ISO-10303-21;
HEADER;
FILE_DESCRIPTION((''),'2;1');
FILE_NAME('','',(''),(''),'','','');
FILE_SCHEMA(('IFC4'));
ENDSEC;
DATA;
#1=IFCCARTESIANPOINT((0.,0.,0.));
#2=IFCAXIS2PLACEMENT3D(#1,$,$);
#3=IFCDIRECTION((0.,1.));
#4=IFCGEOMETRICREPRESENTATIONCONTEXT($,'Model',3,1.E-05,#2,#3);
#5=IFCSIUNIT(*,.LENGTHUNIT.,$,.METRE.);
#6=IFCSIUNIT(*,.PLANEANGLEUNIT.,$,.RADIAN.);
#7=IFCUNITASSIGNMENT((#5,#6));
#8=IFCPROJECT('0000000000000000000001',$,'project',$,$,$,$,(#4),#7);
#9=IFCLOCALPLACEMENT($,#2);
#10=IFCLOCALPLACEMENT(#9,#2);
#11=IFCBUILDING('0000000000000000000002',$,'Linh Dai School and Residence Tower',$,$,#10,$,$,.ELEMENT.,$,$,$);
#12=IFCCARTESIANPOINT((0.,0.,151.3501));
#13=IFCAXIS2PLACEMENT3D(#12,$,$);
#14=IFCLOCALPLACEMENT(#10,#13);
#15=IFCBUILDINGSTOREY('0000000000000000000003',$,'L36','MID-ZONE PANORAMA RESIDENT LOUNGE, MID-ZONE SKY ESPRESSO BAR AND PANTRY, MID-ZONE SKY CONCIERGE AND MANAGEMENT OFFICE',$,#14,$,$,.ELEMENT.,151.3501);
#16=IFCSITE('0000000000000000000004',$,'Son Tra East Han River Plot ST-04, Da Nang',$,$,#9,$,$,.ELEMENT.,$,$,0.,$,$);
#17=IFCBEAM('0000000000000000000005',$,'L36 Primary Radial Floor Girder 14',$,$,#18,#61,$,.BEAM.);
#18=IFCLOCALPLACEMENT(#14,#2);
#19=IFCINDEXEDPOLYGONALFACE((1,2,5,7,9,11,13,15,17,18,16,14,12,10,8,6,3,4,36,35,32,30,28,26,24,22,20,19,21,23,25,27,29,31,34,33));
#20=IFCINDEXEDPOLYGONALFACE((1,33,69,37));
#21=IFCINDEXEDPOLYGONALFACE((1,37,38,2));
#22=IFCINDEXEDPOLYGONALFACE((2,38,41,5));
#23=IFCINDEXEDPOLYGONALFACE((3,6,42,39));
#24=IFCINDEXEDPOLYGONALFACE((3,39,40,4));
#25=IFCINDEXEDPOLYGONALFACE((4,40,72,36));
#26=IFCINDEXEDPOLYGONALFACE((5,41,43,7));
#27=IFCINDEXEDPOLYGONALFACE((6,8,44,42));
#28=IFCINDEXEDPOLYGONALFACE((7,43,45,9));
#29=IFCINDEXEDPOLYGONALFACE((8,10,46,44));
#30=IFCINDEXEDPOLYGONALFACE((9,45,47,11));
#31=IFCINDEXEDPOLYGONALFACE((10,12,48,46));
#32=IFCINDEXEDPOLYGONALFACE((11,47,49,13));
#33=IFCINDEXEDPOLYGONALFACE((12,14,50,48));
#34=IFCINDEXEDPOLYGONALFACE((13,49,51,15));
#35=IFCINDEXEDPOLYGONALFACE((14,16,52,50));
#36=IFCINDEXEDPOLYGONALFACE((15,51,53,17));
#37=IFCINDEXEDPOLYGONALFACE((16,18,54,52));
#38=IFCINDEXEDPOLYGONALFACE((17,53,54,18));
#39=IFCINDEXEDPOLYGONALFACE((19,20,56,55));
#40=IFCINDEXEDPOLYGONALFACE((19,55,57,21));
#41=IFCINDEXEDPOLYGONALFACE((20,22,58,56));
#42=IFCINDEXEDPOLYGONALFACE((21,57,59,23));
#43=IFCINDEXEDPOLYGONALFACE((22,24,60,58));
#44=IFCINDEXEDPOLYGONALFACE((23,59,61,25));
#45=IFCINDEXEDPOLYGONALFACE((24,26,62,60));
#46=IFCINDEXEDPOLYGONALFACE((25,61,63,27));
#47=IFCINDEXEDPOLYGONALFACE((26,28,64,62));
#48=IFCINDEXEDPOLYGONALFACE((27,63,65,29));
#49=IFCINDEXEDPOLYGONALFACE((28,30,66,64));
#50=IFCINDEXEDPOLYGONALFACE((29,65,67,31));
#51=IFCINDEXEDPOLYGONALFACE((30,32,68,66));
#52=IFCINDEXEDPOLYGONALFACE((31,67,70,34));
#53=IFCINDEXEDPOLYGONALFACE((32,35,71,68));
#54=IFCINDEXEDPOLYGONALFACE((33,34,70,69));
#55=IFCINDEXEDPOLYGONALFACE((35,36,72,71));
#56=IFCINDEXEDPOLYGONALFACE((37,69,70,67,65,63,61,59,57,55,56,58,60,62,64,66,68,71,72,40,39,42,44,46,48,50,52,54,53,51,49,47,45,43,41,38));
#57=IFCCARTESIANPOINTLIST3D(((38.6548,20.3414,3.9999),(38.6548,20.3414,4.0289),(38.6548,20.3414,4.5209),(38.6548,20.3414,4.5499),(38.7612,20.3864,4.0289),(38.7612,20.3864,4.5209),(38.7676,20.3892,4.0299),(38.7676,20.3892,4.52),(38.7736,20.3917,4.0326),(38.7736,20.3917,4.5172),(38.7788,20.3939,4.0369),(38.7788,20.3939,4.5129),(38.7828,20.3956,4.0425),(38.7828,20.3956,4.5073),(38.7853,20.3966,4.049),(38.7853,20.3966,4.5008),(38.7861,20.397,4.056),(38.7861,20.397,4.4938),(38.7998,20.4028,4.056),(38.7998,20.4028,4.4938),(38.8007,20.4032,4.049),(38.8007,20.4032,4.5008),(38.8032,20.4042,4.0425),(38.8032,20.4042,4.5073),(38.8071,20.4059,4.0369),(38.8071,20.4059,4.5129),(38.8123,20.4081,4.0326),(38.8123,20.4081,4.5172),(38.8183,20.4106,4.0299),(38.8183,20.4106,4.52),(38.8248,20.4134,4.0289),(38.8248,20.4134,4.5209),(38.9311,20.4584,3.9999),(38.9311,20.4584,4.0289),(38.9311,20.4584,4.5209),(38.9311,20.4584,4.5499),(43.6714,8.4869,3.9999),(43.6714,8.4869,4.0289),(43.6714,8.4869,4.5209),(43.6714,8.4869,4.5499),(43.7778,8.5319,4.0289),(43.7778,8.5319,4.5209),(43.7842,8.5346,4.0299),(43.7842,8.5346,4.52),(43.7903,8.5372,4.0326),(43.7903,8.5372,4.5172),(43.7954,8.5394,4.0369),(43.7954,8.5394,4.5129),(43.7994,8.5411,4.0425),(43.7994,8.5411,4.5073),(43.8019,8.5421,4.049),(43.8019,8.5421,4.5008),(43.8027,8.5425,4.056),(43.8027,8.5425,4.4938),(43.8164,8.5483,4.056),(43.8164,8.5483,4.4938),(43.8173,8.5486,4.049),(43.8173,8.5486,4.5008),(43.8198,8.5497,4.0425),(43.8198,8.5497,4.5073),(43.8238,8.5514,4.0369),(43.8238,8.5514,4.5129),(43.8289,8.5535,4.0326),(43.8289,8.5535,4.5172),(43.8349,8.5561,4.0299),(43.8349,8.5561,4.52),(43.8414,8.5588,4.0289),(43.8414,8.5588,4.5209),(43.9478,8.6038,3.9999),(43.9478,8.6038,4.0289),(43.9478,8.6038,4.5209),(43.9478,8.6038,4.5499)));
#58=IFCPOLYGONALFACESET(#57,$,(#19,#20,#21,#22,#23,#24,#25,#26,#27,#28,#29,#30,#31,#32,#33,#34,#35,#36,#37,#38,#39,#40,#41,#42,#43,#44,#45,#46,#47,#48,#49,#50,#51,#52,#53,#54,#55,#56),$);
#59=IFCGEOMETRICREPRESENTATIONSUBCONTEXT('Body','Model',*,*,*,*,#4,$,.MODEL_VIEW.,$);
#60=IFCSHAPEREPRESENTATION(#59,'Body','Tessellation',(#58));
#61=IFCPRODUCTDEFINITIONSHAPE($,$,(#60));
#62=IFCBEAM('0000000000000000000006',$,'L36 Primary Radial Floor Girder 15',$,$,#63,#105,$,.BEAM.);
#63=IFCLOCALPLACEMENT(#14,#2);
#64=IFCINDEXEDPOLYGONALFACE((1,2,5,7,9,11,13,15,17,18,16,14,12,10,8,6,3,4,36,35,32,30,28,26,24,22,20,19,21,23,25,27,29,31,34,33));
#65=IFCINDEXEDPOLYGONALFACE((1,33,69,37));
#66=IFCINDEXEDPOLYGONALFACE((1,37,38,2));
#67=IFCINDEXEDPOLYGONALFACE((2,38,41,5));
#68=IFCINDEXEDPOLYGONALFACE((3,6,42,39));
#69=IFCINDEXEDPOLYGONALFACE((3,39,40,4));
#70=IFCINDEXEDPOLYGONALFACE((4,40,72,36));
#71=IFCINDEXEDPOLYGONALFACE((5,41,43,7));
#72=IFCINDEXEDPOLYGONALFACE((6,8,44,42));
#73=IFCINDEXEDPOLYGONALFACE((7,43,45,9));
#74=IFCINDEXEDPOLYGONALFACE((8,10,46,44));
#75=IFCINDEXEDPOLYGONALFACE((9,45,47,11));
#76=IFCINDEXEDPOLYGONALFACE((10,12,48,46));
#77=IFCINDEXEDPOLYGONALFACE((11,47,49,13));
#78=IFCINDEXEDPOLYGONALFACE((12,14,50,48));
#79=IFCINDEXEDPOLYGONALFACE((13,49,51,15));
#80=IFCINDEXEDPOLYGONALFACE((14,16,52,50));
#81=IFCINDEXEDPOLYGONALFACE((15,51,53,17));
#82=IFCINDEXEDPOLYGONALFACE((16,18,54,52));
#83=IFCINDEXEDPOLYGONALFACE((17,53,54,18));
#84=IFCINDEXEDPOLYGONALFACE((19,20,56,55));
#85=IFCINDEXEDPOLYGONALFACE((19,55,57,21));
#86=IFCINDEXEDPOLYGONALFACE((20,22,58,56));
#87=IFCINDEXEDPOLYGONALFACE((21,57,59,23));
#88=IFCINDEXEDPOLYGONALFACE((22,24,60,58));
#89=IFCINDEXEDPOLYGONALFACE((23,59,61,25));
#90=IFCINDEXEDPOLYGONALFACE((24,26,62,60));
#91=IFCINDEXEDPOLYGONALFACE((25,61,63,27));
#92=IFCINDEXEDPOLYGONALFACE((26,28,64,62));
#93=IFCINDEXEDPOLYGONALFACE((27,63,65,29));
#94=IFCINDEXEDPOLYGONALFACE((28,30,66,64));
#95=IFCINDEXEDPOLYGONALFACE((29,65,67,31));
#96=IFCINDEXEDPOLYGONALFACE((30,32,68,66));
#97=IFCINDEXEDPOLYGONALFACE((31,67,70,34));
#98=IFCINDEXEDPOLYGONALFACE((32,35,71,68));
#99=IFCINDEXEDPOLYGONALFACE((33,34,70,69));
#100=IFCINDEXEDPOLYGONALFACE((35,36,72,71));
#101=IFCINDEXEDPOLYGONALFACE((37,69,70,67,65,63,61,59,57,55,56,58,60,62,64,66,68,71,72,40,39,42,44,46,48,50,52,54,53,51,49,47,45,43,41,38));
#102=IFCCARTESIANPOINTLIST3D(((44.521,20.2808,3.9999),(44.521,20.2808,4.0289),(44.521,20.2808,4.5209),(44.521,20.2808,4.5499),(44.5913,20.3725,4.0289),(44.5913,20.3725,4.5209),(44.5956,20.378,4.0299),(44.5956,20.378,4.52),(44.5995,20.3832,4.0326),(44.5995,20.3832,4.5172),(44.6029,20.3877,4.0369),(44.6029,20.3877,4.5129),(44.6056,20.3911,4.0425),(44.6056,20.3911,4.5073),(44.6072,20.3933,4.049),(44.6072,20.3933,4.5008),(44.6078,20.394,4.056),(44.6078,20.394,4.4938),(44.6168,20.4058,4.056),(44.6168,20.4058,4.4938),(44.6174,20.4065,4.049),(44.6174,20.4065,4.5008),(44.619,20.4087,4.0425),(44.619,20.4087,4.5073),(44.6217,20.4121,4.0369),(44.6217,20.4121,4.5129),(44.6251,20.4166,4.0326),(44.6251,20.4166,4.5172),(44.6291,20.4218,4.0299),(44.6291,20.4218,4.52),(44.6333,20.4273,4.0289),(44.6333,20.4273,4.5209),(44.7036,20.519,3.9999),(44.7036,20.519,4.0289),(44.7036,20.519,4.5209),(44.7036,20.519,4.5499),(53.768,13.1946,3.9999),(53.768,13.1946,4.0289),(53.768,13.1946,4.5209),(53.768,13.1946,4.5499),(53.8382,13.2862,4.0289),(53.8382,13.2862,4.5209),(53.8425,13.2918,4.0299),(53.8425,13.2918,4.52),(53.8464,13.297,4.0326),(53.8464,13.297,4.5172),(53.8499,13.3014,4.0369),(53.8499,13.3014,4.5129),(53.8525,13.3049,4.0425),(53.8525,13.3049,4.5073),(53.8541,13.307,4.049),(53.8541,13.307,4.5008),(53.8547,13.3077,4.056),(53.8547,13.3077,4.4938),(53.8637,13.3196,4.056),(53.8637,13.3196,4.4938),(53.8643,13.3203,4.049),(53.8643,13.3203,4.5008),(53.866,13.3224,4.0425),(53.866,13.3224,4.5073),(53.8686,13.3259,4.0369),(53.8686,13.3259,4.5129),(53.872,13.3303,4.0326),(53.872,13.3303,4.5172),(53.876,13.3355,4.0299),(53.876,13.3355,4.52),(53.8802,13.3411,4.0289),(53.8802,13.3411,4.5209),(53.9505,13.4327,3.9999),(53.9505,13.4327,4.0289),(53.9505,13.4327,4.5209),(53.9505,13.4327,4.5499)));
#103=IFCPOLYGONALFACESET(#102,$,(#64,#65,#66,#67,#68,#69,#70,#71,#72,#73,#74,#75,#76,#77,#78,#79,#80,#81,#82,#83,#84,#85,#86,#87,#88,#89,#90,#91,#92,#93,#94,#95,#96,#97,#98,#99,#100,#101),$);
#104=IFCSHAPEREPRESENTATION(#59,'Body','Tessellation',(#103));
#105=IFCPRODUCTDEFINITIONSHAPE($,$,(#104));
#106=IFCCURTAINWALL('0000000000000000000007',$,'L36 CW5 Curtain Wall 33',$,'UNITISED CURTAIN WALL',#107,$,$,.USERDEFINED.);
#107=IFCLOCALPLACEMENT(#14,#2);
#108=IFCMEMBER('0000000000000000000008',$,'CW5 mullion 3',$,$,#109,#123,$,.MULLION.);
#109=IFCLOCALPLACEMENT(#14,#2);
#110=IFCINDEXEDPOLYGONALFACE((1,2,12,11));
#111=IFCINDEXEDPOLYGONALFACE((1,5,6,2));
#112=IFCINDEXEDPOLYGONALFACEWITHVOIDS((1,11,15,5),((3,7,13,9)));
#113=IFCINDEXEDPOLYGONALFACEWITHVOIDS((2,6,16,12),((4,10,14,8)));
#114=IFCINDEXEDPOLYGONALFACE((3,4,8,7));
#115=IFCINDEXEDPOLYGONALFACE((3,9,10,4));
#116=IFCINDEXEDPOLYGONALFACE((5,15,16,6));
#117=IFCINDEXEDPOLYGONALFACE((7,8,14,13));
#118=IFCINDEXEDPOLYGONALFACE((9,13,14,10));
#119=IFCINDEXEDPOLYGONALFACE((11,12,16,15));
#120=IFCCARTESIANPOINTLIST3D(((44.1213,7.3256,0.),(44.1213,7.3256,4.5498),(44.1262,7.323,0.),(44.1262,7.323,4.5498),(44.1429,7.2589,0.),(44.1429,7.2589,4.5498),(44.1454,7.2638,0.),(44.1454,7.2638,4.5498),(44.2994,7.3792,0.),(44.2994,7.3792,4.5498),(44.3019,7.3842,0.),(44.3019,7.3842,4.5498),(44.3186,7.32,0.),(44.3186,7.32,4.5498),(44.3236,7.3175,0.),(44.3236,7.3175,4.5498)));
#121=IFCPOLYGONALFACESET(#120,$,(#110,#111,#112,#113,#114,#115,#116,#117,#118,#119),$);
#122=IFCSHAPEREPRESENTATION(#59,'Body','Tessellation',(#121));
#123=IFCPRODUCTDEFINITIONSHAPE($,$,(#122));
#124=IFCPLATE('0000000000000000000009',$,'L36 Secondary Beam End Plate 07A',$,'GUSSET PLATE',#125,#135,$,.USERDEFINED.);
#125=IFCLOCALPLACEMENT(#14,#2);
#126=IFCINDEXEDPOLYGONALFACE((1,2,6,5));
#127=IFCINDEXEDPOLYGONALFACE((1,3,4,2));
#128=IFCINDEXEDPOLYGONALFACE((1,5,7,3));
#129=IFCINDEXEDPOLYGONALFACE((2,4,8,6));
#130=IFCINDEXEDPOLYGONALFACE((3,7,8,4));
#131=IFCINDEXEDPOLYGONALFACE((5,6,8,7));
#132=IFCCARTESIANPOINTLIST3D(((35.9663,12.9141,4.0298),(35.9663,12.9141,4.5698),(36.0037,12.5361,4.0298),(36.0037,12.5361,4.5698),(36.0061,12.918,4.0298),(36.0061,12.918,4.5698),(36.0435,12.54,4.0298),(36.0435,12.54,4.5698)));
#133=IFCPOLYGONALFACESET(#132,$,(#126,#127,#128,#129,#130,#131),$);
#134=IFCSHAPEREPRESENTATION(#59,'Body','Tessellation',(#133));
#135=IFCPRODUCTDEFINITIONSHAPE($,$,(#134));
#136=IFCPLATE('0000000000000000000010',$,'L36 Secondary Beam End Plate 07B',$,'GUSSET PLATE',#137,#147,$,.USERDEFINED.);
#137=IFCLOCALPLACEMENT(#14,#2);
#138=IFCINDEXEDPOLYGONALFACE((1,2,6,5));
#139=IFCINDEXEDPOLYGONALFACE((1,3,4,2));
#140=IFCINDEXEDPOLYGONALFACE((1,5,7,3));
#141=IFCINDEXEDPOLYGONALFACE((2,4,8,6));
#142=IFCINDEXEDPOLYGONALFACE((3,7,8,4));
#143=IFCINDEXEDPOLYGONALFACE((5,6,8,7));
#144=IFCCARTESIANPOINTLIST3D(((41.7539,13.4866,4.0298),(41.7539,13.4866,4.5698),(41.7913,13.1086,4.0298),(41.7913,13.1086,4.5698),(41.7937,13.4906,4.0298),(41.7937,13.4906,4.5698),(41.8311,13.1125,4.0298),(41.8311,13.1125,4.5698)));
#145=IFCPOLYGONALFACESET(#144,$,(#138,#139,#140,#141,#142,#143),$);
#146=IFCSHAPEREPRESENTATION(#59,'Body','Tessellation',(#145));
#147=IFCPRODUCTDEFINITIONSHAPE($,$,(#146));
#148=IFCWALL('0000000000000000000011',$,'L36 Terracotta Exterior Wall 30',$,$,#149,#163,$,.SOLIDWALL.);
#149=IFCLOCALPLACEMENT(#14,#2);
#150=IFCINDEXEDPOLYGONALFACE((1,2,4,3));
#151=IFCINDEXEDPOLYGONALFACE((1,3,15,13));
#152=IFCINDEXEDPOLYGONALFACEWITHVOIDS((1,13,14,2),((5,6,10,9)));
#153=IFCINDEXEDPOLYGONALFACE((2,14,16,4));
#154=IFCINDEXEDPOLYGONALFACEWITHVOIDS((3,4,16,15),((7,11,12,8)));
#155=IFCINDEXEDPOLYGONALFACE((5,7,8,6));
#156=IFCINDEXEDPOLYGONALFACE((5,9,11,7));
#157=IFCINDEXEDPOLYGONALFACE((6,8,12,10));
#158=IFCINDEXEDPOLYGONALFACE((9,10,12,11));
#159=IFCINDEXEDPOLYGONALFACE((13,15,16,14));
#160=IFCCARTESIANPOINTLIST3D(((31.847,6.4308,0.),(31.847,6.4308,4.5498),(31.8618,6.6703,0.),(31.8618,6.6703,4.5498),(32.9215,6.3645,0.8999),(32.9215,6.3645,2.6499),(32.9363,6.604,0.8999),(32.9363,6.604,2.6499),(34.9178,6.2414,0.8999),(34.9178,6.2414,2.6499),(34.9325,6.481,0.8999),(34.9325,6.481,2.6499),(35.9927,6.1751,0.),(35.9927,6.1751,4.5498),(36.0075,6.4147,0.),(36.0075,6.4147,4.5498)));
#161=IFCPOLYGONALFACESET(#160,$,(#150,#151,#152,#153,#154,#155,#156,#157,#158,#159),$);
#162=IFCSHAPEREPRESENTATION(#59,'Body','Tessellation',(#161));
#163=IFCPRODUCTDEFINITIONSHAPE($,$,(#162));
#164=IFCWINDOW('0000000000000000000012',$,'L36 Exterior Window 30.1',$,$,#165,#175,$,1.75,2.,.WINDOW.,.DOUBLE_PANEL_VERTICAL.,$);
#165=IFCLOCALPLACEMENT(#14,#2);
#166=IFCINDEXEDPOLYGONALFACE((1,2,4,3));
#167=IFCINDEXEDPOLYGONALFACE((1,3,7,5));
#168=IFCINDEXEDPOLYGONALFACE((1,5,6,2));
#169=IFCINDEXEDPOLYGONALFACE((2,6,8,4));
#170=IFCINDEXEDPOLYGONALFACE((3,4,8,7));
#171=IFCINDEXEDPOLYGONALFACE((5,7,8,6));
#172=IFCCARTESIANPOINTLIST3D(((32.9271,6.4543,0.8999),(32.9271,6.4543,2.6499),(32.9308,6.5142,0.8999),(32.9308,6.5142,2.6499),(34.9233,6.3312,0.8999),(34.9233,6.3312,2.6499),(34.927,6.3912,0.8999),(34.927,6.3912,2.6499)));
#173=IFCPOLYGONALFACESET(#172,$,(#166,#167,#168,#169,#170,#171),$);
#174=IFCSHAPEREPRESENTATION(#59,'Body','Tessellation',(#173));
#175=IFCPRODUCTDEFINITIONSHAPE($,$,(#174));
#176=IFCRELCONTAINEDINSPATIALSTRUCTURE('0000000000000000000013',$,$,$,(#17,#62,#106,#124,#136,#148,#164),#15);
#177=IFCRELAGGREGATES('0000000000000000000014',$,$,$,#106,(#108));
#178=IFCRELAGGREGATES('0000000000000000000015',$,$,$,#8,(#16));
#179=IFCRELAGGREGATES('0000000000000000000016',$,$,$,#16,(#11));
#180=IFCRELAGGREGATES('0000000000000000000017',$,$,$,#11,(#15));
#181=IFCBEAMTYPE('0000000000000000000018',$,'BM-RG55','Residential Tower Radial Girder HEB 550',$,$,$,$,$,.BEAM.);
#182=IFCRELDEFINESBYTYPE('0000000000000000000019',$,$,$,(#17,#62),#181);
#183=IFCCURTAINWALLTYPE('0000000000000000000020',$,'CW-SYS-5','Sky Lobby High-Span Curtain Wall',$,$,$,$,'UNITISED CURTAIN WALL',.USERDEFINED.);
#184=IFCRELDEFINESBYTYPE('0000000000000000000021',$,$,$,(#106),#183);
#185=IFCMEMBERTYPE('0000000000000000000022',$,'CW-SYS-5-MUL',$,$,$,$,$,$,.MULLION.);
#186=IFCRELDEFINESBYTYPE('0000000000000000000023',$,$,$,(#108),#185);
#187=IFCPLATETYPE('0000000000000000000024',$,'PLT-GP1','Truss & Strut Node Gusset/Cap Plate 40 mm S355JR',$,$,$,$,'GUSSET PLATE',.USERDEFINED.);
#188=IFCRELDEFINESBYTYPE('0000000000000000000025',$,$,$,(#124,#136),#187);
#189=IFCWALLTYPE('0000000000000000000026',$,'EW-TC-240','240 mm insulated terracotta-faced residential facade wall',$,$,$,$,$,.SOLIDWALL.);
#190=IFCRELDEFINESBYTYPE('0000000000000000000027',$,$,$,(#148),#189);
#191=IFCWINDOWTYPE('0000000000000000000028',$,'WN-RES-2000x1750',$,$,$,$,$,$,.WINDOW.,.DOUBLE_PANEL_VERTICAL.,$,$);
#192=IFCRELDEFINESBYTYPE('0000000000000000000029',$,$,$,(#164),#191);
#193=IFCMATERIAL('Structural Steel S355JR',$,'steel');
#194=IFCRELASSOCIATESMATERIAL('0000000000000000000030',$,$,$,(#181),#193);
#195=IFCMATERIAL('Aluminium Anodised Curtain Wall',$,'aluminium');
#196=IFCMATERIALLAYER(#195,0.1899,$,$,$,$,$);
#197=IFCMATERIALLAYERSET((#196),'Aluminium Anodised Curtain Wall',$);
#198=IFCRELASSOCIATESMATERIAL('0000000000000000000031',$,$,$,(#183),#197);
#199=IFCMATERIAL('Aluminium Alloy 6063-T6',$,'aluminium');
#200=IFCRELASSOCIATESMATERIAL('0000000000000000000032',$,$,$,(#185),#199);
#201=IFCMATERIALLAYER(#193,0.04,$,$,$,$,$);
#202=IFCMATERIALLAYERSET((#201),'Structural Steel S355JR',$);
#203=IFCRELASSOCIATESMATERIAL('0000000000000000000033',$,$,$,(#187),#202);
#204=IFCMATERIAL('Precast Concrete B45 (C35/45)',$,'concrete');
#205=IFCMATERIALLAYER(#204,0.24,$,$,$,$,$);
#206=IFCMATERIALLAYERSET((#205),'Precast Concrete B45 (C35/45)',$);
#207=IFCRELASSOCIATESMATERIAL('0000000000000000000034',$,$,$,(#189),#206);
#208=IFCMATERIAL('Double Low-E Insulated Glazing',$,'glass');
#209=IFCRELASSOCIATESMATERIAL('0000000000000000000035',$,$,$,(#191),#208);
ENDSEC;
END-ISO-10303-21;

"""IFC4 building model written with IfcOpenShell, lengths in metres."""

from ifc_helpers import new_model, si_unit, direction, frame, frame_2d, origin, origin_2d, place, context, subcontext, project, spatial, rectangle, hollow_rectangle, i_section, extrude, source, transform, mapped, material, layer, layer_set, material_profile, profile_set, type_object, element, fill, aggregate, save


model = new_model("IFC4")

# Units and contexts
model_context = context("Model", 3, precision=1e-05, world=origin(), true_north=direction((0.0, 1.0)))
body_context = subcontext(model_context, "Body", "Model", "MODEL_VIEW")
ifc_project = project(units=[si_unit("LENGTHUNIT", "METRE"), si_unit("PLANEANGLEUNIT", "RADIAN")], contexts=[model_context])

# Site, building, storey
site_placement = place(None, origin())
site = spatial("IfcSite", under=ifc_project, at=site_placement, Name="Son Tra East Han River Plot ST-04, Da Nang", CompositionType="ELEMENT", RefElevation=0.0)
building_placement = place(site_placement, origin())
building = spatial("IfcBuilding", under=site, at=building_placement, Name="Linh Dai School and Residence Tower", CompositionType="ELEMENT")
storey_placement = place(building_placement, frame((0.0, 0.0, 151.3501)))
storey = spatial("IfcBuildingStorey", under=building, at=storey_placement, Name="L36", Description="MID-ZONE PANORAMA RESIDENT LOUNGE, MID-ZONE SKY ESPRESSO BAR AND PANTRY, MID-ZONE SKY CONCIERGE AND MANAGEMENT OFFICE", CompositionType="ELEMENT", Elevation=151.3501)

# Shared definitions
ifc_material_1 = material(Name="Structural Steel S355JR", Category="steel")

# Beams
ifc_material_profile_1 = material_profile(ifc_material_1, i_section(OverallWidth=0.3, OverallDepth=0.55, WebThickness=0.0149, FlangeThickness=0.0291, FilletRadius=0.0271, at=origin_2d()), Name="HEB 550")
ifc_profile_set_1 = profile_set([ifc_material_profile_1], Name="Structural Steel S355JR")
beam_type_1 = type_object("IfcBeamType", Name="BM-RG55", Description="Residential Tower Radial Girder HEB 550", PredefinedType="BEAM", material=ifc_profile_set_1)
beam_1_placement = place(storey_placement, frame((38.793, 20.3999, 4.2749), z_axis=(0.389722, -0.920933, 0.0), x_axis=(0.920933, 0.389722, 0.0)))
element("IfcBeam", 1, at=beam_1_placement, inside=storey, type_object=beam_type_1, Name="L36 Primary Radial Floor Girder 14", PredefinedType="BEAM", context=body_context, shape_type="SweptSolid", body=[
    extrude(i_section(OverallWidth=0.3, OverallDepth=0.55, WebThickness=0.0149, FlangeThickness=0.0291, FilletRadius=0.0271, at=origin_2d()), origin(), (0.0, 0.0, 1.0), 12.8723),
])
beam_2_placement = place(storey_placement, frame((44.6123, 20.3999, 4.2749), z_axis=(0.793733, -0.608267, 0.0), x_axis=(0.608267, 0.793733, 0.0)))
element("IfcBeam", 2, at=beam_2_placement, inside=storey, type_object=beam_type_1, Name="L36 Primary Radial Floor Girder 15", PredefinedType="BEAM", context=body_context, shape_type="SweptSolid", body=[
    extrude(i_section(OverallWidth=0.3, OverallDepth=0.55, WebThickness=0.0149, FlangeThickness=0.0291, FilletRadius=0.0271, at=origin_2d()), origin(), (0.0, 0.0, 1.0), 11.6499),
])

# Curtain wall, member
ifc_material_2 = material(Name="Aluminium Anodised Curtain Wall", Category="aluminium")
ifc_layer_1 = layer(ifc_material_2, 0.1899)
ifc_layer_set_1 = layer_set([ifc_layer_1], Name="Aluminium Anodised Curtain Wall")
curtain_wall_type = type_object("IfcCurtainWallType", Name="CW-SYS-5", Description="Sky Lobby High-Span Curtain Wall", ElementType="UNITISED CURTAIN WALL", PredefinedType="USERDEFINED", material=ifc_layer_set_1)
curtain_wall_placement = place(storey_placement, origin())
curtain_wall = element("IfcCurtainWall", 3, at=curtain_wall_placement, inside=storey, type_object=curtain_wall_type, Name="L36 CW5 Curtain Wall 33", ObjectType="UNITISED CURTAIN WALL", PredefinedType="USERDEFINED")
ifc_material_3 = material(Name="Aluminium Alloy 6063-T6", Category="aluminium")
ifc_material_profile_2 = material_profile(ifc_material_3, hollow_rectangle(XDim=0.0701, YDim=0.1899, WallThickness=0.0039, at=origin_2d()), Name="RHS 190x70x4")
ifc_profile_set_2 = profile_set([ifc_material_profile_2], Name="Aluminium Alloy 6063-T6")
member_type = type_object("IfcMemberType", Name="CW-SYS-5-MUL", PredefinedType="MULLION", material=ifc_profile_set_2)
shared_shape_1 = source(origin(), body_context, "Body", "SweptSolid", [
    extrude(hollow_rectangle(XDim=0.0701, YDim=0.1899, WallThickness=0.0039, at=origin_2d()), origin(), (0.0, 0.0, 1.0), 4.5498),
])
member_placement = place(storey_placement, frame((44.2224, 7.3215, 0.0), z_axis=(0.0, 0.0, 1.0), x_axis=(0.308536, -0.951213, 0.0)))
member = element("IfcMember", 4, at=member_placement, type_object=member_type, Name="CW5 mullion 3", PredefinedType="MULLION", context=body_context, shape_type="MappedRepresentation", body=[
    mapped(shared_shape_1, transform((0.0, 0.0, 0.0), x_axis=(1.0, 0.0, 0.0), y_axis=(0.0, 1.0, 0.0), z_axis=(0.0, 0.0, 1.0), scale=1.0)),
])
aggregate(curtain_wall, [member])

# Plates
ifc_layer_2 = layer(ifc_material_1, 0.04)
ifc_layer_set_2 = layer_set([ifc_layer_2], Name="Structural Steel S355JR")
plate_type = type_object("IfcPlateType", Name="PLT-GP1", Description="Truss & Strut Node Gusset/Cap Plate 40 mm S355JR", ElementType="GUSSET PLATE", PredefinedType="USERDEFINED", material=ifc_layer_set_2)
shared_shape_2 = source(origin(), body_context, "Body", "SweptSolid", [
    extrude(rectangle(XDim=0.04, YDim=0.3799, at=origin_2d()), origin(), (0.0, 0.0, 1.0), 0.54),
])
for number, where, z_axis, x_axis, name in (
    (5, (36.0049, 12.7271, 4.0298), (0.0, 0.0, 1.0), (0.995145, 0.098423, 0.0), "L36 Secondary Beam End Plate 07A"),
    (6, (41.7925, 13.2996, 4.0298), (0.0, 0.0, 1.0), (0.995145, 0.098423, 0.0), "L36 Secondary Beam End Plate 07B"),
):
    element("IfcPlate", number, at=place(storey_placement, frame(where, z_axis=z_axis, x_axis=x_axis)), inside=storey, type_object=plate_type, Name=name, ObjectType="GUSSET PLATE", PredefinedType="USERDEFINED", context=body_context, shape_type="MappedRepresentation", body=[
        mapped(shared_shape_2, transform((0.0, 0.0, 0.0), x_axis=(1.0, 0.0, 0.0), y_axis=(0.0, 1.0, 0.0), z_axis=(0.0, 0.0, 1.0), scale=1.0)),
    ])

# Wall, opening, window
ifc_material_4 = material(Name="Precast Concrete B45 (C35/45)", Category="concrete")
ifc_layer_3 = layer(ifc_material_4, 0.24)
ifc_layer_set_3 = layer_set([ifc_layer_3], Name="Precast Concrete B45 (C35/45)")
wall_type_1 = type_object("IfcWallType", Name="EW-TC-240", Description="240 mm insulated terracotta-faced residential facade wall", PredefinedType="SOLIDWALL", material=ifc_layer_set_3)
wall_1_placement = place(storey_placement, frame((36.0, 6.2949, 0.0), z_axis=(0.0, 0.0, 1.0), x_axis=(-0.998105, 0.06154, 0.0)))
wall_1 = element("IfcWall", 7, at=wall_1_placement, inside=storey, type_object=wall_type_1, Name="L36 Terracotta Exterior Wall 30", PredefinedType="SOLIDWALL", context=body_context, shape_type="SweptSolid", body=[
    extrude(rectangle(XDim=4.1536, YDim=0.24, at=frame_2d((2.0767, 0.0))), origin(), (0.0, 0.0, 1.0), 4.5498),
])
opening_1_placement = place(wall_1_placement, frame((1.0769, 0.0, 0.8999)))
opening_1 = element("IfcOpeningElement", 8, at=opening_1_placement, cuts=wall_1, PredefinedType="OPENING", context=body_context, shape_type="SweptSolid", body=[
    extrude(rectangle(XDim=2.0, YDim=1.75, at=origin_2d()), frame((1.0, 0.1299, 0.875), z_axis=(0.0, -1.0, 0.0), x_axis=(1.0, 0.0, 0.0)), (0.0, 0.0, 1.0), 0.26),
])
ifc_material_5 = material(Name="Double Low-E Insulated Glazing", Category="glass")
window_type = type_object("IfcWindowType", Name="WN-RES-2000x1750", PartitioningType="DOUBLE_PANEL_VERTICAL", PredefinedType="WINDOW", material=ifc_material_5)
shared_shape_3 = source(origin(), body_context, "Body", "SweptSolid", [
    extrude(rectangle(XDim=2.0, YDim=1.75, at=origin_2d()), frame((1.0, 0.03, 0.875), z_axis=(0.0, -1.0, 0.0), x_axis=(1.0, 0.0, 0.0)), (0.0, 0.0, 1.0), 0.0601),
])
window_1_placement = place(opening_1_placement, origin())
window_1 = element("IfcWindow", 9, at=window_1_placement, inside=storey, type_object=window_type, Name="L36 Exterior Window 30.1", OverallHeight=1.75, OverallWidth=2.0, PartitioningType="DOUBLE_PANEL_VERTICAL", PredefinedType="WINDOW", context=body_context, shape_type="MappedRepresentation", body=[
    mapped(shared_shape_3, transform((0.0, 0.0, 0.0), x_axis=(1.0, 0.0, 0.0), y_axis=(0.0, 1.0, 0.0), z_axis=(0.0, 0.0, 1.0), scale=1.0)),
])
fill(opening_1, window_1)

save(model, "model.ifc")
